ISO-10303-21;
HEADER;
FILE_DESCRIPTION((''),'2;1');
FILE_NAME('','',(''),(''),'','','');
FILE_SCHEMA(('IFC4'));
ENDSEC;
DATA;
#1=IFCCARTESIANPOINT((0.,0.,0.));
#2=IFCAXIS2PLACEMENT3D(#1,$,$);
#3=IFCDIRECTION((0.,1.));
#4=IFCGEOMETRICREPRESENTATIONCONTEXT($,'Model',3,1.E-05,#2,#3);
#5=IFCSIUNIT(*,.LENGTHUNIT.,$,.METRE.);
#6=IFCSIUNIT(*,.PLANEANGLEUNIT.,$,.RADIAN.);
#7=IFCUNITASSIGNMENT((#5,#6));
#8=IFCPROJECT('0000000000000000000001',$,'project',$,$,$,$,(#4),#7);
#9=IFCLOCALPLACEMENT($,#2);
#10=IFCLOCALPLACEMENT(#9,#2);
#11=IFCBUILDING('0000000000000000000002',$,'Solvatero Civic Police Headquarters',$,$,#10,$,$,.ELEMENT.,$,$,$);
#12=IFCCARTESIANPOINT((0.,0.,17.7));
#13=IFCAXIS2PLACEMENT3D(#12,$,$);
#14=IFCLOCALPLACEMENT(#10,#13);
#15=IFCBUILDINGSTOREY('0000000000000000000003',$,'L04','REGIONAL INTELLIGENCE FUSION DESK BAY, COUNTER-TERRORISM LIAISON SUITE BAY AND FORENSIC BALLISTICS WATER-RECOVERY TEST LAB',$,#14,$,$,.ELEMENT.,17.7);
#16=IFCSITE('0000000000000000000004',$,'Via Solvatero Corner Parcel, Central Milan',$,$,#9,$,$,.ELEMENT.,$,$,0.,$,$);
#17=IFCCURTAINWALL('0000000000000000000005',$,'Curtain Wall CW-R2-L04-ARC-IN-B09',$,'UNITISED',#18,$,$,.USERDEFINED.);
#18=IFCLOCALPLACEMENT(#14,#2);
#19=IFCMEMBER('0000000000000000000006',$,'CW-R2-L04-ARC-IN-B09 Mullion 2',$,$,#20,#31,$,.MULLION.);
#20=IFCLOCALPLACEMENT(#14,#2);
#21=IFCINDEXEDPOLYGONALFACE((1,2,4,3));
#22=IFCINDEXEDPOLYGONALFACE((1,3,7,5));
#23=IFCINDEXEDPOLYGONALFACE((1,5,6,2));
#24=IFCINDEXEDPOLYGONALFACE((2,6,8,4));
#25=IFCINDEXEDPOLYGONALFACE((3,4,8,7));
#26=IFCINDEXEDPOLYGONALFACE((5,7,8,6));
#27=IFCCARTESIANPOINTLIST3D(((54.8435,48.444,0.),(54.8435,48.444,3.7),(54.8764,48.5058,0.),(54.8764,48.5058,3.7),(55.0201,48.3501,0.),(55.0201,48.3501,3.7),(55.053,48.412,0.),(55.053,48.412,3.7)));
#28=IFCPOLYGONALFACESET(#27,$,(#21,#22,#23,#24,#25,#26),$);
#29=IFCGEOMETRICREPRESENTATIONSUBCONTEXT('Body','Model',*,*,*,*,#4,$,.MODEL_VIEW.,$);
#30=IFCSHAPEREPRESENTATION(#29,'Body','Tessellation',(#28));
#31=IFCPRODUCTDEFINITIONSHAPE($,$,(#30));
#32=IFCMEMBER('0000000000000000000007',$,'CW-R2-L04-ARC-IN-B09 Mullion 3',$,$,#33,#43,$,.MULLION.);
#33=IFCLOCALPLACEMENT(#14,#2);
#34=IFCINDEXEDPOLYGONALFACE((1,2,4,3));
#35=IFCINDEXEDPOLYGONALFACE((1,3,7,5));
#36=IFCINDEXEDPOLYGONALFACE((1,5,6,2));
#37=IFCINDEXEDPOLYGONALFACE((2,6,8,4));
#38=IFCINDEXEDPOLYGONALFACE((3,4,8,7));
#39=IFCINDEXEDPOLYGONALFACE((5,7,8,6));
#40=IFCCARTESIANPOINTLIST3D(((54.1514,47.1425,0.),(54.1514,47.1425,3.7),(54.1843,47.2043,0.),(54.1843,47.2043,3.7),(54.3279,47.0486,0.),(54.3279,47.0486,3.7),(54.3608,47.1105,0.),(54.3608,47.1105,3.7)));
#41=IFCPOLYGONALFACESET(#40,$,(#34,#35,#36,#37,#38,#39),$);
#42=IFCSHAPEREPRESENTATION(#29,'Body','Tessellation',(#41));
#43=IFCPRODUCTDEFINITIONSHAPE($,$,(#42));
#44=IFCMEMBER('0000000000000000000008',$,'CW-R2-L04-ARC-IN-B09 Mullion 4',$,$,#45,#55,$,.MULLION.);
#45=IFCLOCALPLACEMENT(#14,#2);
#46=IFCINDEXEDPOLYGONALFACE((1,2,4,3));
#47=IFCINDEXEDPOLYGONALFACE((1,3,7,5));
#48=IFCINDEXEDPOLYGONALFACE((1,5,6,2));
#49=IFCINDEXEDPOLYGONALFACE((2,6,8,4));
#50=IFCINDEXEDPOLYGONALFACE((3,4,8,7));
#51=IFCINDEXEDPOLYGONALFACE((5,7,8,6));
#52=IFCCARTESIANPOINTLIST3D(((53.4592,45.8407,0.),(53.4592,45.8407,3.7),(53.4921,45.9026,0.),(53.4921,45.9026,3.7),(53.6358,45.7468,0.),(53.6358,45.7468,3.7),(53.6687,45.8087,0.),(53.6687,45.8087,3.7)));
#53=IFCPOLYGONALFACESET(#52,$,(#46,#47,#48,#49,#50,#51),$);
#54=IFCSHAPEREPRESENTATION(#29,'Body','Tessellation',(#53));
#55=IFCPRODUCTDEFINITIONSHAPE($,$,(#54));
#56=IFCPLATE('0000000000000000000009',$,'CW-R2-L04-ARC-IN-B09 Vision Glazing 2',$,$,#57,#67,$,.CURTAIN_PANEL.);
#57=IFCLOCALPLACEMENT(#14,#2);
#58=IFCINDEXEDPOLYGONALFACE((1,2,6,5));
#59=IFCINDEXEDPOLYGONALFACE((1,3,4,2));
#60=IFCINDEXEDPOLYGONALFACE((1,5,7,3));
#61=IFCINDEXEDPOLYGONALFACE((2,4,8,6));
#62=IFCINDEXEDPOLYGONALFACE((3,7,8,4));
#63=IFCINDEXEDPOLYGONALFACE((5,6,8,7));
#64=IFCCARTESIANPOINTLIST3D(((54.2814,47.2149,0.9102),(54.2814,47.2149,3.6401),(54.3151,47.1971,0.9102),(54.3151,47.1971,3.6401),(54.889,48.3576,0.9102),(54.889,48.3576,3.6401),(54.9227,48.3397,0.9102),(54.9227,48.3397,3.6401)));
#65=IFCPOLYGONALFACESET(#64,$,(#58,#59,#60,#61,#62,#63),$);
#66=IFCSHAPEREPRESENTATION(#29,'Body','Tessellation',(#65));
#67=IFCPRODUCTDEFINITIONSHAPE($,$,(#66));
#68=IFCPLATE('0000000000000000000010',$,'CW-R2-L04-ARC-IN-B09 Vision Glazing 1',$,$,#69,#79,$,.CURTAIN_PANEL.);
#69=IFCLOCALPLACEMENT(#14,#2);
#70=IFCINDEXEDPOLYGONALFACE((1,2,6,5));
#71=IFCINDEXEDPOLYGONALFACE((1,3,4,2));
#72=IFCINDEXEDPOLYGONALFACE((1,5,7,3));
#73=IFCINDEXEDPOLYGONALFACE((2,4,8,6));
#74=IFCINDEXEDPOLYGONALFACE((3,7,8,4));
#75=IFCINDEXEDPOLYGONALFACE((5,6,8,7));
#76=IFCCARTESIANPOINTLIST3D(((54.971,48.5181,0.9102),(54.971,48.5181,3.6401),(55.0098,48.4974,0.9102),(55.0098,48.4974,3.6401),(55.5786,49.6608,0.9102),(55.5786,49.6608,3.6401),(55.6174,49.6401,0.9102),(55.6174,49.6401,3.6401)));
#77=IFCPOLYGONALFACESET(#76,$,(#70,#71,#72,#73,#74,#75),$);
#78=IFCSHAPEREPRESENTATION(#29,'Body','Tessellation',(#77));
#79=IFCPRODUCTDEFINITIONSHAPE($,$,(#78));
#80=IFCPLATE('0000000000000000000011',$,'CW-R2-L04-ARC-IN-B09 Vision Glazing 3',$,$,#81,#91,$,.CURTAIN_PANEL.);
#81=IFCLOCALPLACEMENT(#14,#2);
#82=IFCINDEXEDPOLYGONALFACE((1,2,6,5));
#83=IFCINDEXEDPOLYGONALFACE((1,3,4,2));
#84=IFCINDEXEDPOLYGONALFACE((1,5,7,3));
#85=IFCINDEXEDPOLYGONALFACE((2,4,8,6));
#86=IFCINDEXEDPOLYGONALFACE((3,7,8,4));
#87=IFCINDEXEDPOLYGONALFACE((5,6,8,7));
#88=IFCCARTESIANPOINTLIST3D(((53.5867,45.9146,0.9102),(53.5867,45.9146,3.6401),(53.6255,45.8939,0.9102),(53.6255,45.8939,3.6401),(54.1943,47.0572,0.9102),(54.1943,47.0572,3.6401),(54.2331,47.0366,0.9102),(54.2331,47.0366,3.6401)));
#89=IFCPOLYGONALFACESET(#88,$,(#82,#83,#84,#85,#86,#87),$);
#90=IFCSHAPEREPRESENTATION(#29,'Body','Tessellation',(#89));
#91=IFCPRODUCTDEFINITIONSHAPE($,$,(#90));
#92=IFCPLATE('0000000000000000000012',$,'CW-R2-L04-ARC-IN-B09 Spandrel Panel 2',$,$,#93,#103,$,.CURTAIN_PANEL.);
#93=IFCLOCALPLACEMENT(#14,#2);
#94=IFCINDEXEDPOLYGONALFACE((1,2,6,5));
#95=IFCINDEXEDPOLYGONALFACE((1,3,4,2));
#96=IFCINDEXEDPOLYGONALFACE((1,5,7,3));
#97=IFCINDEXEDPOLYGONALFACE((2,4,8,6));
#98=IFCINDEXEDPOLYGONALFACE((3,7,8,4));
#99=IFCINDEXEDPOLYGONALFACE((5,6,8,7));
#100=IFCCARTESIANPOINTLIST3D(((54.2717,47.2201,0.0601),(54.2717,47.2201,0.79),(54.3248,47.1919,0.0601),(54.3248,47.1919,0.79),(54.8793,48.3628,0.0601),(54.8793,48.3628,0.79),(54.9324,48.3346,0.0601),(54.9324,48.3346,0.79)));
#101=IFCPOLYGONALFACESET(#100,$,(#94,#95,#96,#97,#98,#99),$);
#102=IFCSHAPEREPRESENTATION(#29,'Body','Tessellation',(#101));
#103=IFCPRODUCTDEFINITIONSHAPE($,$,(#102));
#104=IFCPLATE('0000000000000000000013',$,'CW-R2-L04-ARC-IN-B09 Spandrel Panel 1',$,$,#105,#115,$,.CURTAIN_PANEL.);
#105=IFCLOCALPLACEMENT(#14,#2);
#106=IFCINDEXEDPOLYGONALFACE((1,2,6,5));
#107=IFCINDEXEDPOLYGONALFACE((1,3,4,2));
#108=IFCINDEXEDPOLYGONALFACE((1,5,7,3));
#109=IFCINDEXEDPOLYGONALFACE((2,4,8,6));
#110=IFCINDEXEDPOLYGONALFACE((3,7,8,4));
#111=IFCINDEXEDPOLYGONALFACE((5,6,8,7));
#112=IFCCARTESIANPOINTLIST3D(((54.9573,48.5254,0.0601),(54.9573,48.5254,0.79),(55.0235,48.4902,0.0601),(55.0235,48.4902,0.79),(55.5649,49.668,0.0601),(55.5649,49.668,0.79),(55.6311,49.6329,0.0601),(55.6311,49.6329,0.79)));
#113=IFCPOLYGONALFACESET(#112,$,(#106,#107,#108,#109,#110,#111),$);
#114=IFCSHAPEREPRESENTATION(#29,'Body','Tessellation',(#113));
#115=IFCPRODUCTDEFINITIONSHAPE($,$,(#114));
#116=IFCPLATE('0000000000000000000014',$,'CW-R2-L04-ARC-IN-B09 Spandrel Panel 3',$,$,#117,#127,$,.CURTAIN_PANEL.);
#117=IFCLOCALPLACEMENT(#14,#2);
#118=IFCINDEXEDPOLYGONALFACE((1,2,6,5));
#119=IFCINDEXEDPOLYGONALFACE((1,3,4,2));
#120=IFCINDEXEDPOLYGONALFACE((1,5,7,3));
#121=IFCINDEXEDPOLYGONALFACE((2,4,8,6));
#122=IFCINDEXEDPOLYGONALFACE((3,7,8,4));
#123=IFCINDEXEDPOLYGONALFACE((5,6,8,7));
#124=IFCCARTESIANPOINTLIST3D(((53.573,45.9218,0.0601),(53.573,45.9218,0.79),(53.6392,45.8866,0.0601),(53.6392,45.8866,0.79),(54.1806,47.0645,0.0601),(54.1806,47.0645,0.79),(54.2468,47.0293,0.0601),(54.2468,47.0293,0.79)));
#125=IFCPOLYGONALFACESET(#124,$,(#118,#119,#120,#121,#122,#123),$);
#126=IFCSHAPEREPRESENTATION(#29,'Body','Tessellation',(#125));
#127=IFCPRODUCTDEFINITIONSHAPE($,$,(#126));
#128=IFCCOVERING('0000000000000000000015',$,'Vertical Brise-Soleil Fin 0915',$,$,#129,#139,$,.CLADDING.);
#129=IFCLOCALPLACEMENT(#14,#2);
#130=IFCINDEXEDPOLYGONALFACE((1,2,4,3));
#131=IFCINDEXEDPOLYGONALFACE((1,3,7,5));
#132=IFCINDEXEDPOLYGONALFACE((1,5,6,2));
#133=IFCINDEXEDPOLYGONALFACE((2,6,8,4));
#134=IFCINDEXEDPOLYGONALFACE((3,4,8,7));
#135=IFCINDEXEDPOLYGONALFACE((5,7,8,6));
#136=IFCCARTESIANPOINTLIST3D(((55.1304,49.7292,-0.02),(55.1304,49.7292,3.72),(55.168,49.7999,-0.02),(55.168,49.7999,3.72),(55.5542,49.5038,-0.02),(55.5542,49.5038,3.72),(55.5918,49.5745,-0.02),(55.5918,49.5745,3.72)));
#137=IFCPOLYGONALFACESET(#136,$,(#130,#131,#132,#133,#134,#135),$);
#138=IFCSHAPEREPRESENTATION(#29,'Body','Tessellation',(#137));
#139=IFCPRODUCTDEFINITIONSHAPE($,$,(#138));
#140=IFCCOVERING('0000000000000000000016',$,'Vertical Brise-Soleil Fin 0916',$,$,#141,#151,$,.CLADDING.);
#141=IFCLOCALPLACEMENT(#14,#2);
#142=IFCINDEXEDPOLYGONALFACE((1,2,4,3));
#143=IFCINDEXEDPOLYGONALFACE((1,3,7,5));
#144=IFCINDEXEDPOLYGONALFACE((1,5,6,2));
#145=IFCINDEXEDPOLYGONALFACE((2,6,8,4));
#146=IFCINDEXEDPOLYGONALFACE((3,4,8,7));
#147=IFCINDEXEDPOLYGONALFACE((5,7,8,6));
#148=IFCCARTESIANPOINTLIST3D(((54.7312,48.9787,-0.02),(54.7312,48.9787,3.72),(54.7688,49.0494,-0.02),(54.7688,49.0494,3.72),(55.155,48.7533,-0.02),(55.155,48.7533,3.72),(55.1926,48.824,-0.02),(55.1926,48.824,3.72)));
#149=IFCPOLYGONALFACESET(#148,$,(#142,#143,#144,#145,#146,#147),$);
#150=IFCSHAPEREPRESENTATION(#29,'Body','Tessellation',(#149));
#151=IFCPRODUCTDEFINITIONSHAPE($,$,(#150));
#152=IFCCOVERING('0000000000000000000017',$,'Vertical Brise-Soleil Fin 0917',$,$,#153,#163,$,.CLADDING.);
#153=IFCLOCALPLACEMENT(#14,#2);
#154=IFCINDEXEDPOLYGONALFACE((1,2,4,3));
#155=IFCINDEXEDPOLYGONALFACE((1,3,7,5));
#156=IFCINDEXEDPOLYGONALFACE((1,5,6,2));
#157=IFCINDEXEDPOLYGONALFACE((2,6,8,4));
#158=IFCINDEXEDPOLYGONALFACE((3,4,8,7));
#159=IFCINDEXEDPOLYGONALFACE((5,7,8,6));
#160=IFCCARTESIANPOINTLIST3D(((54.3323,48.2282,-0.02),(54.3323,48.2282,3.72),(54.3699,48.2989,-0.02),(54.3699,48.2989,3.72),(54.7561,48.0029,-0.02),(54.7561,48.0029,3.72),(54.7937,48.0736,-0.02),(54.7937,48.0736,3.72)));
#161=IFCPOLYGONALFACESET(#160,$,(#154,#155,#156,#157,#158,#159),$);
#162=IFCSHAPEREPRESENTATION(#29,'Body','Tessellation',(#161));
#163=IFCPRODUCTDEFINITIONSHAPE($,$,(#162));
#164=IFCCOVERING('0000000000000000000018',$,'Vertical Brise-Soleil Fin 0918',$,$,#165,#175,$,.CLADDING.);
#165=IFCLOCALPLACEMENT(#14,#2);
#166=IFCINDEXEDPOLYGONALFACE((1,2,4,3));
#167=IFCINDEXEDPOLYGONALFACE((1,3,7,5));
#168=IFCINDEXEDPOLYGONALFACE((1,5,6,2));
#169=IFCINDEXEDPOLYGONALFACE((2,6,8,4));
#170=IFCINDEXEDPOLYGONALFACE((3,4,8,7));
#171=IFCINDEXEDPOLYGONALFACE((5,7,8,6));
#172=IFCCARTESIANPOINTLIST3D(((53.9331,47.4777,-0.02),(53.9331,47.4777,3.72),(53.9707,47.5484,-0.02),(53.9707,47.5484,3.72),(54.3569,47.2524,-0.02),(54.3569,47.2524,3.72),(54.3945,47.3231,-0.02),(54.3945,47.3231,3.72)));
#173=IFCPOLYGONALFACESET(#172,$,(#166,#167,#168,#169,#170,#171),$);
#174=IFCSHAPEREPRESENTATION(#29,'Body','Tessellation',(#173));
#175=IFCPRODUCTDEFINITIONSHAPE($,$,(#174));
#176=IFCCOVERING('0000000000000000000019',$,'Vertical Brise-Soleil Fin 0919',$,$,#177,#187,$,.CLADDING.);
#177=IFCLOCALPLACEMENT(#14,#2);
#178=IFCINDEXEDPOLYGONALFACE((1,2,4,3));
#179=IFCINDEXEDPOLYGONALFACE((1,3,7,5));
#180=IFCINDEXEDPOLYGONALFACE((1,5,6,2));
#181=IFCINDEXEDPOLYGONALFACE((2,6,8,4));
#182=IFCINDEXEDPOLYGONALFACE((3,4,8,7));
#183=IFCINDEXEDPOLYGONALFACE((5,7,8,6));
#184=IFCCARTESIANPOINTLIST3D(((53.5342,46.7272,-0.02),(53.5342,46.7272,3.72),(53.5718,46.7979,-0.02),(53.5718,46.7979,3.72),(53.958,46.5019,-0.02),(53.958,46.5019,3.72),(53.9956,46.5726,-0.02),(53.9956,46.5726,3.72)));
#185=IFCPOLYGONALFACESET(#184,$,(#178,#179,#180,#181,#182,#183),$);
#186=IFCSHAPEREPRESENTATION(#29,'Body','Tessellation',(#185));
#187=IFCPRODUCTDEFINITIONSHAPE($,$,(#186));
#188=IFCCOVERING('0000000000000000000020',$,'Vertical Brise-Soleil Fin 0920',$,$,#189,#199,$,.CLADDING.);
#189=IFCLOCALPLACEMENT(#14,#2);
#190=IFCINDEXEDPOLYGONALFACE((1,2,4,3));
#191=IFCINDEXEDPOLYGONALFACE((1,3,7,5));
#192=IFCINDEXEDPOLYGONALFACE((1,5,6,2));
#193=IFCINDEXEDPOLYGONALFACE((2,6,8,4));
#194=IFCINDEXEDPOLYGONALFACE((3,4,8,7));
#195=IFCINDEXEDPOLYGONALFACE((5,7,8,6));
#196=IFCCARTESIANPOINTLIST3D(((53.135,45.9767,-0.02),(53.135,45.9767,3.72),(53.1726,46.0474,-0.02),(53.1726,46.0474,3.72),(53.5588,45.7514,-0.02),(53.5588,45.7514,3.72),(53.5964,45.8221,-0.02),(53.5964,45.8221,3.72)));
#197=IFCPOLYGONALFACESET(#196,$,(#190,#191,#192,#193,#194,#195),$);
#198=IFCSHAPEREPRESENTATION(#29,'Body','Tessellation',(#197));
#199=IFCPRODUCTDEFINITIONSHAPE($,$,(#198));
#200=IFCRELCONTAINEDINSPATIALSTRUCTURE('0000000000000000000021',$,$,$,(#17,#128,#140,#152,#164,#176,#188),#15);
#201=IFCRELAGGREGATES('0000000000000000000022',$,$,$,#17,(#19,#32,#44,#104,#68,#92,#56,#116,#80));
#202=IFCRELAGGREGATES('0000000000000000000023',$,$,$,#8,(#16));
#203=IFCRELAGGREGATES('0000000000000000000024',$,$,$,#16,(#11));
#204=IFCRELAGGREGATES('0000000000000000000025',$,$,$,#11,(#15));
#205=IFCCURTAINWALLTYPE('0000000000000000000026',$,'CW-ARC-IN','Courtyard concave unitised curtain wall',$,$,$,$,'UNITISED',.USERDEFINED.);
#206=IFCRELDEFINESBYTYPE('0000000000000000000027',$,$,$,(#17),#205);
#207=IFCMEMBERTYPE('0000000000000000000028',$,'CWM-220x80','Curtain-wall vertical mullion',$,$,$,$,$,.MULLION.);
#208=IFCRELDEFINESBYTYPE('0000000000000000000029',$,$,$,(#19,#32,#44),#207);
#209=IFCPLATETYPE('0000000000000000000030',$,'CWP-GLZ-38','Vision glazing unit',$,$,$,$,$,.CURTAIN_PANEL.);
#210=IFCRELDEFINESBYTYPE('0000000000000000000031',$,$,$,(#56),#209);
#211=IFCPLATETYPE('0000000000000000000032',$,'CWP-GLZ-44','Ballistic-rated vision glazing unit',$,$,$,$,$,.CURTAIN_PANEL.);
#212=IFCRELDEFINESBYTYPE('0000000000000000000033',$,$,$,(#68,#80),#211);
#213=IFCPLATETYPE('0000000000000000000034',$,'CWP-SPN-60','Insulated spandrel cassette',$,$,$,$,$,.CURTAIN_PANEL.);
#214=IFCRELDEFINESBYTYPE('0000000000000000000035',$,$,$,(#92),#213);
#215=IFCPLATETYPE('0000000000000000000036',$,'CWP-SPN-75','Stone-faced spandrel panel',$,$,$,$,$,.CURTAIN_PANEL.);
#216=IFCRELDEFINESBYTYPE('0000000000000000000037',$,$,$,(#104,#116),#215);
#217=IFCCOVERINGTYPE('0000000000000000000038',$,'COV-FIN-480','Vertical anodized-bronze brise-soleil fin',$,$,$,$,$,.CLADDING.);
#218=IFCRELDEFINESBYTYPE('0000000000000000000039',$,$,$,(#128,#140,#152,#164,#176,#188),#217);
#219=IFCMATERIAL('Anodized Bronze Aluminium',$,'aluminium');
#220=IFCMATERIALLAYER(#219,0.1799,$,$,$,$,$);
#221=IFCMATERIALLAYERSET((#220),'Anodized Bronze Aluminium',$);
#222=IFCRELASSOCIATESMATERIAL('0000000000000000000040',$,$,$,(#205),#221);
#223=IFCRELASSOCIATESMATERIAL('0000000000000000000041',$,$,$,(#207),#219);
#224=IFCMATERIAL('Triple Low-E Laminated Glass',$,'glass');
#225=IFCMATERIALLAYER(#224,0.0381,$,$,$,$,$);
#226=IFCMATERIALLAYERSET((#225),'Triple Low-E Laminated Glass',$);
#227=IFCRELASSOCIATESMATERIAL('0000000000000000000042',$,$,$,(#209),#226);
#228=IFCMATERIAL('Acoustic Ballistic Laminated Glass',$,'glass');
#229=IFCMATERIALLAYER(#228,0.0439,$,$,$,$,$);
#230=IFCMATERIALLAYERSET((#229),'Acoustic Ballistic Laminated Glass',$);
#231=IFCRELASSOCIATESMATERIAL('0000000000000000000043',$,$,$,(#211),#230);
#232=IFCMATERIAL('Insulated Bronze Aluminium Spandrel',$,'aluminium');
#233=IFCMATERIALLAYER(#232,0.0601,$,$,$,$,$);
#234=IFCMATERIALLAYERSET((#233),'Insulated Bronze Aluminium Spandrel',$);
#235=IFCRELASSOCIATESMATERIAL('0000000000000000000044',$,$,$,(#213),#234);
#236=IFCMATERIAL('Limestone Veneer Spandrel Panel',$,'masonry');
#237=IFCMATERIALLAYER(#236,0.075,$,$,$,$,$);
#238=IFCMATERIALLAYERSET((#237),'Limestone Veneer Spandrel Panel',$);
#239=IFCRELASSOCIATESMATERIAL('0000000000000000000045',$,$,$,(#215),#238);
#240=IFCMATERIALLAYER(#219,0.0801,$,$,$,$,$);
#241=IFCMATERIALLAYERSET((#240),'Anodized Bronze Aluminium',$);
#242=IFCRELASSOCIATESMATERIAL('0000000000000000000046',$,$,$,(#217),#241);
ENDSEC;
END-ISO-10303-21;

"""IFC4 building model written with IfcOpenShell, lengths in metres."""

from ifc_helpers import new_model, si_unit, direction, frame, origin, origin_2d, place, context, subcontext, project, spatial, rectangle, extrude, material, layer, layer_set, material_profile, profile_set, type_object, element, aggregate, save


model = new_model("IFC4")

# Units and contexts
model_context = context("Model", 3, precision=1e-05, world=origin(), true_north=direction((0.0, 1.0)))
body_context = subcontext(model_context, "Body", "Model", "MODEL_VIEW")
ifc_project = project(units=[si_unit("LENGTHUNIT", "METRE"), si_unit("PLANEANGLEUNIT", "RADIAN")], contexts=[model_context])

# Site, building, storey
site_placement = place(None, origin())
site = spatial("IfcSite", under=ifc_project, at=site_placement, Name="Via Solvatero Corner Parcel, Central Milan", CompositionType="ELEMENT", RefElevation=0.0)
building_placement = place(site_placement, origin())
building = spatial("IfcBuilding", under=site, at=building_placement, Name="Solvatero Civic Police Headquarters", CompositionType="ELEMENT")
storey_placement = place(building_placement, frame((0.0, 0.0, 17.7)))
storey = spatial("IfcBuildingStorey", under=building, at=storey_placement, Name="L04", Description="REGIONAL INTELLIGENCE FUSION DESK BAY, COUNTER-TERRORISM LIAISON SUITE BAY AND FORENSIC BALLISTICS WATER-RECOVERY TEST LAB", CompositionType="ELEMENT", Elevation=17.7)

# Curtain wall, members, plates
ifc_material_1 = material(Name="Anodized Bronze Aluminium", Category="aluminium")
ifc_layer_1 = layer(ifc_material_1, 0.1799)
ifc_layer_set_1 = layer_set([ifc_layer_1], Name="Anodized Bronze Aluminium")
curtain_wall_type = type_object("IfcCurtainWallType", Name="CW-ARC-IN", Description="Courtyard concave unitised curtain wall", ElementType="UNITISED", PredefinedType="USERDEFINED", material=ifc_layer_set_1)
curtain_wall_placement = place(storey_placement, origin())
curtain_wall = element("IfcCurtainWall", 1, at=curtain_wall_placement, inside=storey, type_object=curtain_wall_type, Name="Curtain Wall CW-R2-L04-ARC-IN-B09", ObjectType="UNITISED", PredefinedType="USERDEFINED")
ifc_material_profile = material_profile(ifc_material_1, rectangle(XDim=0.0701, YDim=0.2, at=origin_2d()), Name="ALU MULLION 70x200")
ifc_profile_set = profile_set([ifc_material_profile], Name="Anodized Bronze Aluminium")
member_type = type_object("IfcMemberType", Name="CWM-220x80", Description="Curtain-wall vertical mullion", PredefinedType="MULLION", material=ifc_profile_set)
member_1_placement = place(storey_placement, frame((54.9482, 48.428, 0.0), z_axis=(0.0, 0.0, 1.0), x_axis=(-0.469487, -0.882939, 0.0)))
member_1 = element("IfcMember", 2, at=member_1_placement, type_object=member_type, Name="CW-R2-L04-ARC-IN-B09 Mullion 2", PredefinedType="MULLION", context=body_context, shape_type="SweptSolid", body=[
    extrude(rectangle(XDim=0.0701, YDim=0.2, at=origin_2d()), origin(), (0.0, 0.0, 1.0), 3.7),
])
member_2_placement = place(storey_placement, frame((54.2561, 47.1265, 0.0), z_axis=(0.0, 0.0, 1.0), x_axis=(-0.469487, -0.882939, 0.0)))
member_2 = element("IfcMember", 3, at=member_2_placement, type_object=member_type, Name="CW-R2-L04-ARC-IN-B09 Mullion 3", PredefinedType="MULLION", context=body_context, shape_type="SweptSolid", body=[
    extrude(rectangle(XDim=0.0701, YDim=0.2, at=origin_2d()), origin(), (0.0, 0.0, 1.0), 3.7),
])
member_3_placement = place(storey_placement, frame((53.564, 45.8247, 0.0), z_axis=(0.0, 0.0, 1.0), x_axis=(-0.469487, -0.882939, 0.0)))
member_3 = element("IfcMember", 4, at=member_3_placement, type_object=member_type, Name="CW-R2-L04-ARC-IN-B09 Mullion 4", PredefinedType="MULLION", context=body_context, shape_type="SweptSolid", body=[
    extrude(rectangle(XDim=0.0701, YDim=0.2, at=origin_2d()), origin(), (0.0, 0.0, 1.0), 3.7),
])
ifc_material_2 = material(Name="Triple Low-E Laminated Glass", Category="glass")
ifc_layer_2 = layer(ifc_material_2, 0.0381)
ifc_layer_set_2 = layer_set([ifc_layer_2], Name="Triple Low-E Laminated Glass")
plate_type_1 = type_object("IfcPlateType", Name="CWP-GLZ-38", Description="Vision glazing unit", PredefinedType="CURTAIN_PANEL", material=ifc_layer_set_2)
plate_1_placement = place(storey_placement, frame((54.6021, 47.7773, 0.9102), z_axis=(0.0, 0.0, 1.0), x_axis=(-0.469487, -0.882939, 0.0)))
plate_1 = element("IfcPlate", 5, at=plate_1_placement, type_object=plate_type_1, Name="CW-R2-L04-ARC-IN-B09 Vision Glazing 2", PredefinedType="CURTAIN_PANEL", context=body_context, shape_type="SweptSolid", body=[
    extrude(rectangle(XDim=1.2942, YDim=0.0381, at=origin_2d()), origin(), (0.0, 0.0, 1.0), 2.73),
])
ifc_material_3 = material(Name="Acoustic Ballistic Laminated Glass", Category="glass")
ifc_layer_3 = layer(ifc_material_3, 0.0439)
ifc_layer_set_3 = layer_set([ifc_layer_3], Name="Acoustic Ballistic Laminated Glass")
plate_type_2 = type_object("IfcPlateType", Name="CWP-GLZ-44", Description="Ballistic-rated vision glazing unit", PredefinedType="CURTAIN_PANEL", material=ifc_layer_set_3)
plate_2_placement = place(storey_placement, frame((55.2942, 49.0791, 0.9102), z_axis=(0.0, 0.0, 1.0), x_axis=(-0.469487, -0.882939, 0.0)))
plate_2 = element("IfcPlate", 6, at=plate_2_placement, type_object=plate_type_2, Name="CW-R2-L04-ARC-IN-B09 Vision Glazing 1", PredefinedType="CURTAIN_PANEL", context=body_context, shape_type="SweptSolid", body=[
    extrude(rectangle(XDim=1.2942, YDim=0.0439, at=origin_2d()), origin(), (0.0, 0.0, 1.0), 2.73),
])
plate_3_placement = place(storey_placement, frame((53.9099, 46.4756, 0.9102), z_axis=(0.0, 0.0, 1.0), x_axis=(-0.469487, -0.882939, 0.0)))
plate_3 = element("IfcPlate", 7, at=plate_3_placement, type_object=plate_type_2, Name="CW-R2-L04-ARC-IN-B09 Vision Glazing 3", PredefinedType="CURTAIN_PANEL", context=body_context, shape_type="SweptSolid", body=[
    extrude(rectangle(XDim=1.2942, YDim=0.0439, at=origin_2d()), origin(), (0.0, 0.0, 1.0), 2.73),
])
ifc_material_4 = material(Name="Insulated Bronze Aluminium Spandrel", Category="aluminium")
ifc_layer_4 = layer(ifc_material_4, 0.0601)
ifc_layer_set_4 = layer_set([ifc_layer_4], Name="Insulated Bronze Aluminium Spandrel")
plate_type_3 = type_object("IfcPlateType", Name="CWP-SPN-60", Description="Insulated spandrel cassette", PredefinedType="CURTAIN_PANEL", material=ifc_layer_set_4)
plate_4_placement = place(storey_placement, frame((54.6021, 47.7773, 0.0601), z_axis=(0.0, 0.0, 1.0), x_axis=(-0.469487, -0.882939, 0.0)))
plate_4 = element("IfcPlate", 8, at=plate_4_placement, type_object=plate_type_3, Name="CW-R2-L04-ARC-IN-B09 Spandrel Panel 2", PredefinedType="CURTAIN_PANEL", context=body_context, shape_type="SweptSolid", body=[
    extrude(rectangle(XDim=1.2942, YDim=0.0601, at=origin_2d()), origin(), (0.0, 0.0, 1.0), 0.73),
])
ifc_material_5 = material(Name="Limestone Veneer Spandrel Panel", Category="masonry")
ifc_layer_5 = layer(ifc_material_5, 0.075)
ifc_layer_set_5 = layer_set([ifc_layer_5], Name="Limestone Veneer Spandrel Panel")
plate_type_4 = type_object("IfcPlateType", Name="CWP-SPN-75", Description="Stone-faced spandrel panel", PredefinedType="CURTAIN_PANEL", material=ifc_layer_set_5)
plate_5_placement = place(storey_placement, frame((55.2942, 49.0791, 0.0601), z_axis=(0.0, 0.0, 1.0), x_axis=(-0.469487, -0.882939, 0.0)))
plate_5 = element("IfcPlate", 9, at=plate_5_placement, type_object=plate_type_4, Name="CW-R2-L04-ARC-IN-B09 Spandrel Panel 1", PredefinedType="CURTAIN_PANEL", context=body_context, shape_type="SweptSolid", body=[
    extrude(rectangle(XDim=1.2942, YDim=0.075, at=origin_2d()), origin(), (0.0, 0.0, 1.0), 0.73),
])
plate_6_placement = place(storey_placement, frame((53.9099, 46.4756, 0.0601), z_axis=(0.0, 0.0, 1.0), x_axis=(-0.469487, -0.882939, 0.0)))
plate_6 = element("IfcPlate", 10, at=plate_6_placement, type_object=plate_type_4, Name="CW-R2-L04-ARC-IN-B09 Spandrel Panel 3", PredefinedType="CURTAIN_PANEL", context=body_context, shape_type="SweptSolid", body=[
    extrude(rectangle(XDim=1.2942, YDim=0.075, at=origin_2d()), origin(), (0.0, 0.0, 1.0), 0.73),
])
aggregate(curtain_wall, [member_1, member_2, member_3, plate_5, plate_2, plate_4, plate_1, plate_6, plate_3])

# Coverings
ifc_layer_6 = layer(ifc_material_1, 0.0801)
ifc_layer_set_6 = layer_set([ifc_layer_6], Name="Anodized Bronze Aluminium")
covering_type = type_object("IfcCoveringType", Name="COV-FIN-480", Description="Vertical anodized-bronze brise-soleil fin", PredefinedType="CLADDING", material=ifc_layer_set_6)
for number, where, z_axis, x_axis, name in (
    (11, (55.3611, 49.6519, -0.02), (0.0, 0.0, 1.0), (-0.469487, -0.882939, 0.0), "Vertical Brise-Soleil Fin 0915"),
    (12, (54.9619, 48.9014, -0.02), (0.0, 0.0, 1.0), (-0.469487, -0.882939, 0.0), "Vertical Brise-Soleil Fin 0916"),
    (13, (54.563, 48.1509, -0.02), (0.0, 0.0, 1.0), (-0.469487, -0.882939, 0.0), "Vertical Brise-Soleil Fin 0917"),
    (14, (54.1638, 47.4004, -0.02), (0.0, 0.0, 1.0), (-0.469487, -0.882939, 0.0), "Vertical Brise-Soleil Fin 0918"),
    (15, (53.7649, 46.6499, -0.02), (0.0, 0.0, 1.0), (-0.469487, -0.882939, 0.0), "Vertical Brise-Soleil Fin 0919"),
    (16, (53.3657, 45.8994, -0.02), (0.0, 0.0, 1.0), (-0.469487, -0.882939, 0.0), "Vertical Brise-Soleil Fin 0920"),
):
    element("IfcCovering", number, at=place(storey_placement, frame(where, z_axis=z_axis, x_axis=x_axis)), inside=storey, type_object=covering_type, Name=name, PredefinedType="CLADDING", context=body_context, shape_type="SweptSolid", body=[
        extrude(rectangle(XDim=0.0801, YDim=0.48, at=origin_2d()), origin(), (0.0, 0.0, 1.0), 3.74),
    ])

save(model, "model.ifc")
